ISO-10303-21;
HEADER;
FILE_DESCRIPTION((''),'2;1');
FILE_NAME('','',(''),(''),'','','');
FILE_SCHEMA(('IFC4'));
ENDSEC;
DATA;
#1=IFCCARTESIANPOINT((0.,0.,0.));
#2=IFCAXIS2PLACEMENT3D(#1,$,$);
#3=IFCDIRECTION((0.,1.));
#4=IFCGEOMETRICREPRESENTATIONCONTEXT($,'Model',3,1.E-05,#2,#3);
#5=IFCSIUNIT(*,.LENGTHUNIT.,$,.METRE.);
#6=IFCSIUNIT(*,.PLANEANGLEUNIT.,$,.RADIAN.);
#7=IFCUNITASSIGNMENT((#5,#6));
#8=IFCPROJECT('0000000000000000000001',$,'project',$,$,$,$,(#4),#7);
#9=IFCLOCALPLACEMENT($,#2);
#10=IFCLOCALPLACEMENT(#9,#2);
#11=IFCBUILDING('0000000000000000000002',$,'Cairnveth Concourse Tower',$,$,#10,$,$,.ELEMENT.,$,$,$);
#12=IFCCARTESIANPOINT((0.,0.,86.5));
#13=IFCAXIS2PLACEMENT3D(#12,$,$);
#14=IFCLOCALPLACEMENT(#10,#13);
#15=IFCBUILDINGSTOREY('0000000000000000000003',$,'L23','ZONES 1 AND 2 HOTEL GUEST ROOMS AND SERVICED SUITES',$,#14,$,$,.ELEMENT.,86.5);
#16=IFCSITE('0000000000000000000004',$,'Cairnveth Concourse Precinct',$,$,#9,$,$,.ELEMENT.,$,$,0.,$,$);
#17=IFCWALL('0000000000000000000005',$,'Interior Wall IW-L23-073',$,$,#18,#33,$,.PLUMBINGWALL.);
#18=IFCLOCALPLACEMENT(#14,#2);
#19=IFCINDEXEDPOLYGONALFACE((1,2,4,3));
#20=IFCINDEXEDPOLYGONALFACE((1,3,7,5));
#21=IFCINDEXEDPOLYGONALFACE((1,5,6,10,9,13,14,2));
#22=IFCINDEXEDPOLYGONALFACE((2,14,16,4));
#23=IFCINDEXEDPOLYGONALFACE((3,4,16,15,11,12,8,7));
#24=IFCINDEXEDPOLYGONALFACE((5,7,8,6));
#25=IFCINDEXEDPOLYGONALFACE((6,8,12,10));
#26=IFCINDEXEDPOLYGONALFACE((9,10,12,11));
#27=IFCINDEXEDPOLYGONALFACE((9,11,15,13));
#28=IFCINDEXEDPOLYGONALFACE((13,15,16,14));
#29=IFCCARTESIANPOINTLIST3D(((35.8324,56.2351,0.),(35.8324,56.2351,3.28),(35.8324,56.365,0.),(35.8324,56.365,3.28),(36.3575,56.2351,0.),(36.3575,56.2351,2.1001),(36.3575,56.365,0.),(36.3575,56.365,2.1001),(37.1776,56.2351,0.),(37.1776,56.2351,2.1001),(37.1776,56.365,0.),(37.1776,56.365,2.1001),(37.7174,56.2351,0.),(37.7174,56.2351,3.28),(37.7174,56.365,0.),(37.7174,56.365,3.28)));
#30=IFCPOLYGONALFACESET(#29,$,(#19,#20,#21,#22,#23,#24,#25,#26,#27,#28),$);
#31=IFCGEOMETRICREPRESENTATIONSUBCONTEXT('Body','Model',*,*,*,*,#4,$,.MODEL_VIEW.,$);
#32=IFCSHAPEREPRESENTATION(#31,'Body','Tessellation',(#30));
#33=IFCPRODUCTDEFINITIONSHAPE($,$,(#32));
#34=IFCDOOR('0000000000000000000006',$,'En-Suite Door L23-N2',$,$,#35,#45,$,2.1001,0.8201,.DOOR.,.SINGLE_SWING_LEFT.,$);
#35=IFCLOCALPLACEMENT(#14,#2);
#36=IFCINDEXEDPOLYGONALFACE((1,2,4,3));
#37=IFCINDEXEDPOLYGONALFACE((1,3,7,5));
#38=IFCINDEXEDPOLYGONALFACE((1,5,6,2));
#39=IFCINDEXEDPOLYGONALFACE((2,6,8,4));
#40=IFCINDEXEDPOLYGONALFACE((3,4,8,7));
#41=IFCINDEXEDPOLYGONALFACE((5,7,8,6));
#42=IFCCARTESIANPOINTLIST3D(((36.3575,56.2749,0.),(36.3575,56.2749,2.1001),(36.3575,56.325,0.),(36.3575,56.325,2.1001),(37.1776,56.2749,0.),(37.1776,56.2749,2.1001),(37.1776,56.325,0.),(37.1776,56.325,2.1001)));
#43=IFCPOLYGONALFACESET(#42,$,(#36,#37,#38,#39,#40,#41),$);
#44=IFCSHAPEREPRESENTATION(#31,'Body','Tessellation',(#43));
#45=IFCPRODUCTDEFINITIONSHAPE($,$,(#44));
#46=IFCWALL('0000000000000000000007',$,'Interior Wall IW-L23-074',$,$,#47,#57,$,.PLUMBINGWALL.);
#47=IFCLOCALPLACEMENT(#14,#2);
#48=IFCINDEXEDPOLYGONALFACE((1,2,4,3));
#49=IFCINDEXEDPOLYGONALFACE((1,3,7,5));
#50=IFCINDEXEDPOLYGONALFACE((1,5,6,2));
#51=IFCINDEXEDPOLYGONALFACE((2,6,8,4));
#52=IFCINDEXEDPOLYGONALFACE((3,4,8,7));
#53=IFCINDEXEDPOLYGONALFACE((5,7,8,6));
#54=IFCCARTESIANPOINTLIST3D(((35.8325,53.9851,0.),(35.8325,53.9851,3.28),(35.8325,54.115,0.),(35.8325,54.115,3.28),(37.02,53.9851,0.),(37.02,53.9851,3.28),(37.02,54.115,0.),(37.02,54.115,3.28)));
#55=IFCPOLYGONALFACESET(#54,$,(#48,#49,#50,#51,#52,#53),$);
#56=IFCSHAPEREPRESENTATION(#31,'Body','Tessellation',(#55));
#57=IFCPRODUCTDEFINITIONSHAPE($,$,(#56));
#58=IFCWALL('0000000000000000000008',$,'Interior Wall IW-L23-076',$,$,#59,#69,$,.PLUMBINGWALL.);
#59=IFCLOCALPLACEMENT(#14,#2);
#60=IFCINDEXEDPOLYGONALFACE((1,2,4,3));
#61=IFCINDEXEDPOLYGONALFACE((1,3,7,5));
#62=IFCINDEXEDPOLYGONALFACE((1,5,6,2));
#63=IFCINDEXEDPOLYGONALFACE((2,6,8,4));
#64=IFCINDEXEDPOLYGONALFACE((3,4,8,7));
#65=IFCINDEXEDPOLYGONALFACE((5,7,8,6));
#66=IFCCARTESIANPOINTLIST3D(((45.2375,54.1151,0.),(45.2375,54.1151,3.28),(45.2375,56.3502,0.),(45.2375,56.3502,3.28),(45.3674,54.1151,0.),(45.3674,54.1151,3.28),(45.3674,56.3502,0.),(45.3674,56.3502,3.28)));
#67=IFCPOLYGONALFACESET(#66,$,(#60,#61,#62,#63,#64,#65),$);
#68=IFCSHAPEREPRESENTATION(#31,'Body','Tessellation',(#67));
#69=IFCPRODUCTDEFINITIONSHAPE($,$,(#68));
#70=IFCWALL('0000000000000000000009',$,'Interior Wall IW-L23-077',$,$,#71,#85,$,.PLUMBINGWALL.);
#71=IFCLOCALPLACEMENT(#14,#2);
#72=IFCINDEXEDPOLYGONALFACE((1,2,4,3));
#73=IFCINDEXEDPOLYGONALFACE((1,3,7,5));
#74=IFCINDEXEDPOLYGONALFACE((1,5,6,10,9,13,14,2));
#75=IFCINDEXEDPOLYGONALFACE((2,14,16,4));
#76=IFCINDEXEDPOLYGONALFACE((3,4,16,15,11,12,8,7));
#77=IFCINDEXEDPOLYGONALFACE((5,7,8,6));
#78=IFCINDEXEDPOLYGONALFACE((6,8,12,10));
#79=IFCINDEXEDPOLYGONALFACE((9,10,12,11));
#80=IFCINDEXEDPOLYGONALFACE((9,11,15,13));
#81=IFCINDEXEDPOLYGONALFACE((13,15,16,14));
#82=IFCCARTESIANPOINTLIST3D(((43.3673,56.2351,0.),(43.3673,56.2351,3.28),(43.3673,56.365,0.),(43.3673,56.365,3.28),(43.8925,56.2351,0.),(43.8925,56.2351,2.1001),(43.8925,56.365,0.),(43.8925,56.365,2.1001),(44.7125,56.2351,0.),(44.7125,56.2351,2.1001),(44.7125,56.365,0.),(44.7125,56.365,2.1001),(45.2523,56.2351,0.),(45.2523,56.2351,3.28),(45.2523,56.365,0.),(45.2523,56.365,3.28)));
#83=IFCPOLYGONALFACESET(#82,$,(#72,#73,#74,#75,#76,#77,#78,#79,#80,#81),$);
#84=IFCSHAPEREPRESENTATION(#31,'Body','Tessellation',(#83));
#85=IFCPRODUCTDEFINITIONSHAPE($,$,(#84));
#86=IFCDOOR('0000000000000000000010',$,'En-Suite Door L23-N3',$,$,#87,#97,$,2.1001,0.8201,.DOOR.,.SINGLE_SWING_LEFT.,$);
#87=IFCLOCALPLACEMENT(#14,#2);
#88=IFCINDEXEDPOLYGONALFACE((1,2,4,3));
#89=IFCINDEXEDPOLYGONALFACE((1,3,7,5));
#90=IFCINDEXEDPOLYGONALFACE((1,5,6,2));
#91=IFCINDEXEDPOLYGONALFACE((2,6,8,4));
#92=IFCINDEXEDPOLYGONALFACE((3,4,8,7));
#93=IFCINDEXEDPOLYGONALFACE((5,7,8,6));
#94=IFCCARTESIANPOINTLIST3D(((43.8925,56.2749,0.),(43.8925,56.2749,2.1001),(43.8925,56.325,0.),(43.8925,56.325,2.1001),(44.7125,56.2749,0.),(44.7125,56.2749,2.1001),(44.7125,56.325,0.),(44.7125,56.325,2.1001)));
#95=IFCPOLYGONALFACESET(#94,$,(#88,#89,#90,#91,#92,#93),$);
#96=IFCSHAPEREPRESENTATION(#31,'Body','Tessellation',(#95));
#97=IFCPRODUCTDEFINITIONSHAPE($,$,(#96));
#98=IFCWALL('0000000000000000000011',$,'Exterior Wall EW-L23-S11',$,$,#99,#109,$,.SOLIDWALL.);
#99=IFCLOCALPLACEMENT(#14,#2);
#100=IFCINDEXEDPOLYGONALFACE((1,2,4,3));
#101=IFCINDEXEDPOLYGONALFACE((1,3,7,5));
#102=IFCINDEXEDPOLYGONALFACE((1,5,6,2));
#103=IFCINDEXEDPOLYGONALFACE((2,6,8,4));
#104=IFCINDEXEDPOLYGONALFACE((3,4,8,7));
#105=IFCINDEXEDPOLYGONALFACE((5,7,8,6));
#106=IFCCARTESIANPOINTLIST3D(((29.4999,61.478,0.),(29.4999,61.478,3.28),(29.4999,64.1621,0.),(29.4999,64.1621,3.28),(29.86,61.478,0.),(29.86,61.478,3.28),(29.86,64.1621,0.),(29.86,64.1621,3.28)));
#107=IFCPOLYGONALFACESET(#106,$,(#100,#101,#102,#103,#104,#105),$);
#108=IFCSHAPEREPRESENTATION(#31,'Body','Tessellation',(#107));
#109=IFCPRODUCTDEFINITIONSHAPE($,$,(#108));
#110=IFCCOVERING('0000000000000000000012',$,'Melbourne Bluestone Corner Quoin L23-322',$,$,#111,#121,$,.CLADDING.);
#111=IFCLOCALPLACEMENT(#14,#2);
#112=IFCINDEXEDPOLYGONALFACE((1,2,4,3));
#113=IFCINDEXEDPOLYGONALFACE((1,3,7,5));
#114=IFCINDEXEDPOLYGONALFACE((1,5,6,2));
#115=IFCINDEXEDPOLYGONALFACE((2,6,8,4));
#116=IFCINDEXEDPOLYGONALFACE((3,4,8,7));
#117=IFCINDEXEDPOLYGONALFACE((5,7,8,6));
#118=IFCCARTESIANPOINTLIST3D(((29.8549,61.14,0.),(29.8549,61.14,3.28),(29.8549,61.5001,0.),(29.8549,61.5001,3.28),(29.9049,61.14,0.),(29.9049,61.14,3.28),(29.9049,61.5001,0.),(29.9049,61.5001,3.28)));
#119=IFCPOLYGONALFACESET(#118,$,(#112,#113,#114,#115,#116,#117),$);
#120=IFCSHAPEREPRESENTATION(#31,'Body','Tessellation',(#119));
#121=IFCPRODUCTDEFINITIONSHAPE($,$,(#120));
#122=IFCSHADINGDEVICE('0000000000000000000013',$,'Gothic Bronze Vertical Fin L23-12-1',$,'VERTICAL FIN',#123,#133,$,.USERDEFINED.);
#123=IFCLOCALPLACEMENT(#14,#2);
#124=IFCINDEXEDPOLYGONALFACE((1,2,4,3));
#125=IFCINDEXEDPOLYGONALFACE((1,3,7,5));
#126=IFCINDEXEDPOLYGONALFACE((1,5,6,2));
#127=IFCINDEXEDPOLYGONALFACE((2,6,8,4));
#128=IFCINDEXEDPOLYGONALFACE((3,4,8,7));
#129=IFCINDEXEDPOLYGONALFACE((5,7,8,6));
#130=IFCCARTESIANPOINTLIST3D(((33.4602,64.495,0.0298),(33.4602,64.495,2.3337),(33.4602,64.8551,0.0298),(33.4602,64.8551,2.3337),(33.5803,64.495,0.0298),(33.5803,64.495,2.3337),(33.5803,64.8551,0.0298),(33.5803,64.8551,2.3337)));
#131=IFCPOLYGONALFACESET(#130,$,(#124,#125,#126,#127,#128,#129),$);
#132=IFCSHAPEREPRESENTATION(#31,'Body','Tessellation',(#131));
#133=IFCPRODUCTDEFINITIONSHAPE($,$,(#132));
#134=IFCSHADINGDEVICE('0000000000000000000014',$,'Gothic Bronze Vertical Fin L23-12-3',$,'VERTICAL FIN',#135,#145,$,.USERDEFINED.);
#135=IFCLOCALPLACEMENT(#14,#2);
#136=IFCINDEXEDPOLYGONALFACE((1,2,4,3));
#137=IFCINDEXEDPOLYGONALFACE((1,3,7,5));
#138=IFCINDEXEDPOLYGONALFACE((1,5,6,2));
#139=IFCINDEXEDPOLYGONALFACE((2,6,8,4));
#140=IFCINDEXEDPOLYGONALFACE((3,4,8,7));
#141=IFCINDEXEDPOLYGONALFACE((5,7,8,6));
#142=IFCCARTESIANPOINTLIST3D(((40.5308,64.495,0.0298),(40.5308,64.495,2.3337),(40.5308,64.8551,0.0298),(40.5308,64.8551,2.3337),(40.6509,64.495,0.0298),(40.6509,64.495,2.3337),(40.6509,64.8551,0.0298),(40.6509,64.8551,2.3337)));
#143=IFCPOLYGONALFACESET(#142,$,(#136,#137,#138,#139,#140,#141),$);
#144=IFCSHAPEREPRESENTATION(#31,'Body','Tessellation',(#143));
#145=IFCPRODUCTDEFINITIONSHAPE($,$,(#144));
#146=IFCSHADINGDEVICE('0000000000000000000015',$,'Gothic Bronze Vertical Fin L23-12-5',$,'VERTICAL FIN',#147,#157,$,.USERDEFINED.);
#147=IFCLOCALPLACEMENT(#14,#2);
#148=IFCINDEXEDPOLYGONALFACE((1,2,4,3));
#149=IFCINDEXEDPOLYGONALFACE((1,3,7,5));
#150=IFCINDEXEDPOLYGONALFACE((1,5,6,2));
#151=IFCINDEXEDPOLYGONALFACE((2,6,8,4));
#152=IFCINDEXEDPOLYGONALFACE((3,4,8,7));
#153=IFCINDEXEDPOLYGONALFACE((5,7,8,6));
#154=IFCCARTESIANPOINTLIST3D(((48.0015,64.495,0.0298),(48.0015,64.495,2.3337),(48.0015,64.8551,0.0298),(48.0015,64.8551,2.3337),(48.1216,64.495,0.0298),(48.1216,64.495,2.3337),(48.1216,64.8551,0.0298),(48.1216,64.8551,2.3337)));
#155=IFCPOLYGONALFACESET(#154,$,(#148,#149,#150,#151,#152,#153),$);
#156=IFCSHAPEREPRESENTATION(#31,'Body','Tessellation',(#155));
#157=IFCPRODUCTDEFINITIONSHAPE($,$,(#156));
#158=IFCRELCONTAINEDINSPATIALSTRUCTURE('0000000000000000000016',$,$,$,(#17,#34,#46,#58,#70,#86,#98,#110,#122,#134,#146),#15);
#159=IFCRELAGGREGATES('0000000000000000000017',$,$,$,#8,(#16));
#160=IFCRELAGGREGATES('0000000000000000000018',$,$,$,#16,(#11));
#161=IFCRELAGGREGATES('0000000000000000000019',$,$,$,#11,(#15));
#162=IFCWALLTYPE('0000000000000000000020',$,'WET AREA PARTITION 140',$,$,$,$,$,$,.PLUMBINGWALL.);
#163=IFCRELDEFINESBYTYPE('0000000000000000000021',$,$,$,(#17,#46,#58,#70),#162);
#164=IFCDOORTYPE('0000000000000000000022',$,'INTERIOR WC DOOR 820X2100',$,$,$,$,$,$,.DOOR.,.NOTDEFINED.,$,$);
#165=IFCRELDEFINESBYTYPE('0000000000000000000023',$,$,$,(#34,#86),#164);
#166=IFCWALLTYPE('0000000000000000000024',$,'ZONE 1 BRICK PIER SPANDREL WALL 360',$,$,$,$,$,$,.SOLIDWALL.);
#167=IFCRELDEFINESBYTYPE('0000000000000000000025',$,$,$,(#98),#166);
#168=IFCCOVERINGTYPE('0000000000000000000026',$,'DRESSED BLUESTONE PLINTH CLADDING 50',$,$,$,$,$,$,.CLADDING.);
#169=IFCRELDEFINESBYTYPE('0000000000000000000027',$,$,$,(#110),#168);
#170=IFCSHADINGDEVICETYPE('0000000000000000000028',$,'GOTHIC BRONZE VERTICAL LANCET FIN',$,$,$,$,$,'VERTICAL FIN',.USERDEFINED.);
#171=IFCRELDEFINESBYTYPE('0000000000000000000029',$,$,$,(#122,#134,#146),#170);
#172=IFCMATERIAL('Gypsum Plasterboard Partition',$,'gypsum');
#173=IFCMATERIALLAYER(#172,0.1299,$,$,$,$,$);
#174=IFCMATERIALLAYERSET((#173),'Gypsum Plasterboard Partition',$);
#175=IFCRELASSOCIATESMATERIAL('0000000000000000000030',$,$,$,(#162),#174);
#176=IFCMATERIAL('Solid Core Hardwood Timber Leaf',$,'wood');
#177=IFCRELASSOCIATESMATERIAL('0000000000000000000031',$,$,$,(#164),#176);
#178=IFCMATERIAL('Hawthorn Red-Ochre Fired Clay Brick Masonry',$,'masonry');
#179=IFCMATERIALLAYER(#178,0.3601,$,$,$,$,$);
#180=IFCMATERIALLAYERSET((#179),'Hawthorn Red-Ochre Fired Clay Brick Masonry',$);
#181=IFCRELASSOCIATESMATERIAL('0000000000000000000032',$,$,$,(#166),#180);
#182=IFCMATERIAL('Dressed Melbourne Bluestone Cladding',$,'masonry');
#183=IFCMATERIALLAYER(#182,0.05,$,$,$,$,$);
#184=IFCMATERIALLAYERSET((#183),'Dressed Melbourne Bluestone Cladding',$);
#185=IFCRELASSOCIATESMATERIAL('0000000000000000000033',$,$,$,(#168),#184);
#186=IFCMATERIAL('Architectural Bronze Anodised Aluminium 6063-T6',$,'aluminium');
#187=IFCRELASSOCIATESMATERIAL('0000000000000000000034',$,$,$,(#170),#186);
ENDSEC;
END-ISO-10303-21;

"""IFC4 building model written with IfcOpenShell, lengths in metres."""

from ifc_helpers import new_model, si_unit, direction, frame, frame_2d, origin, origin_2d, place, context, subcontext, project, spatial, rectangle, extrude, material, layer, layer_set, type_object, element, fill, save


model = new_model("IFC4")

# Units and contexts
model_context = context("Model", 3, precision=1e-05, world=origin(), true_north=direction((0.0, 1.0)))
body_context = subcontext(model_context, "Body", "Model", "MODEL_VIEW")
ifc_project = project(units=[si_unit("LENGTHUNIT", "METRE"), si_unit("PLANEANGLEUNIT", "RADIAN")], contexts=[model_context])

# Site, building, storey
site_placement = place(None, origin())
site = spatial("IfcSite", under=ifc_project, at=site_placement, Name="Cairnveth Concourse Precinct", CompositionType="ELEMENT", RefElevation=0.0)
building_placement = place(site_placement, origin())
building = spatial("IfcBuilding", under=site, at=building_placement, Name="Cairnveth Concourse Tower", CompositionType="ELEMENT")
storey_placement = place(building_placement, frame((0.0, 0.0, 86.5)))
storey = spatial("IfcBuildingStorey", under=building, at=storey_placement, Name="L23", Description="ZONES 1 AND 2 HOTEL GUEST ROOMS AND SERVICED SUITES", CompositionType="ELEMENT", Elevation=86.5)

# Shared definitions
ifc_material_1 = material(Name="Gypsum Plasterboard Partition", Category="gypsum")
ifc_material_2 = material(Name="Solid Core Hardwood Timber Leaf", Category="wood")

# Shared definitions
ifc_layer_1 = layer(ifc_material_1, 0.1299)
ifc_layer_set_1 = layer_set([ifc_layer_1], Name="Gypsum Plasterboard Partition")
wall_type_1 = type_object("IfcWallType", Name="WET AREA PARTITION 140", PredefinedType="PLUMBINGWALL", material=ifc_layer_set_1)

# Wall, opening, door
wall_1_placement = place(storey_placement, frame((35.8325, 56.3, 0.0), z_axis=(0.0, 0.0, 1.0), x_axis=(1.0, 0.0, 0.0)))
wall_1 = element("IfcWall", 1, at=wall_1_placement, inside=storey, type_object=wall_type_1, Name="Interior Wall IW-L23-073", PredefinedType="PLUMBINGWALL", context=body_context, shape_type="SweptSolid", body=[
    extrude(rectangle(XDim=1.885, YDim=0.1299, at=frame_2d((0.9424, 0.0))), origin(), (0.0, 0.0, 1.0), 3.28),
])
opening_1_placement = place(wall_1_placement, frame((0.5249, 0.0, 0.0)))
opening_1 = element("IfcOpeningElement", 2, at=opening_1_placement, cuts=wall_1, PredefinedType="OPENING", context=body_context, shape_type="SweptSolid", body=[
    extrude(rectangle(XDim=0.8201, YDim=2.1001, at=frame_2d((0.4102, 1.05))), frame((0.0, 0.075, 0.0), z_axis=(0.0, -1.0, 0.0), x_axis=(1.0, 0.0, 0.0)), (0.0, 0.0, 1.0), 0.1499),
])
door_type_1 = type_object("IfcDoorType", Name="INTERIOR WC DOOR 820X2100", OperationType="NOTDEFINED", PredefinedType="DOOR", material=ifc_material_2)
door_1_placement = place(opening_1_placement, origin())
door_1 = element("IfcDoor", 3, at=door_1_placement, inside=storey, type_object=door_type_1, Name="En-Suite Door L23-N2", OperationType="SINGLE_SWING_LEFT", OverallHeight=2.1001, OverallWidth=0.8201, PredefinedType="DOOR", context=body_context, shape_type="SweptSolid", body=[
    extrude(rectangle(XDim=0.8201, YDim=2.1001, at=frame_2d((0.4102, 1.05))), frame((0.0, 0.0249, 0.0), z_axis=(0.0, -1.0, 0.0), x_axis=(1.0, 0.0, 0.0)), (0.0, 0.0, 1.0), 0.05),
])
fill(opening_1, door_1)

# Walls
wall_2_placement = place(storey_placement, frame((35.8325, 54.05, 0.0), z_axis=(0.0, 0.0, 1.0), x_axis=(1.0, 0.0, 0.0)))
element("IfcWall", 4, at=wall_2_placement, inside=storey, type_object=wall_type_1, Name="Interior Wall IW-L23-074", PredefinedType="PLUMBINGWALL", context=body_context, shape_type="SweptSolid", body=[
    extrude(rectangle(XDim=1.1875, YDim=0.1299, at=frame_2d((0.5938, 0.0))), origin(), (0.0, 0.0, 1.0), 3.28),
])
wall_3_placement = place(storey_placement, frame((45.3025, 54.115, 0.0), z_axis=(0.0, 0.0, 1.0), x_axis=(0.0, 1.0, 0.0)))
element("IfcWall", 5, at=wall_3_placement, inside=storey, type_object=wall_type_1, Name="Interior Wall IW-L23-076", PredefinedType="PLUMBINGWALL", context=body_context, shape_type="SweptSolid", body=[
    extrude(rectangle(XDim=2.2351, YDim=0.1299, at=frame_2d((1.1177, 0.0))), origin(), (0.0, 0.0, 1.0), 3.28),
])

# Wall, opening, door
wall_4_placement = place(storey_placement, frame((43.3674, 56.3, 0.0), z_axis=(0.0, 0.0, 1.0), x_axis=(1.0, 0.0, 0.0)))
wall_4 = element("IfcWall", 6, at=wall_4_placement, inside=storey, type_object=wall_type_1, Name="Interior Wall IW-L23-077", PredefinedType="PLUMBINGWALL", context=body_context, shape_type="SweptSolid", body=[
    extrude(rectangle(XDim=1.885, YDim=0.1299, at=frame_2d((0.9424, 0.0))), origin(), (0.0, 0.0, 1.0), 3.28),
])
opening_2_placement = place(wall_4_placement, frame((0.5249, 0.0, 0.0)))
opening_2 = element("IfcOpeningElement", 7, at=opening_2_placement, cuts=wall_4, PredefinedType="OPENING", context=body_context, shape_type="SweptSolid", body=[
    extrude(rectangle(XDim=0.8201, YDim=2.1001, at=frame_2d((0.4102, 1.05))), frame((0.0, 0.075, 0.0), z_axis=(0.0, -1.0, 0.0), x_axis=(1.0, 0.0, 0.0)), (0.0, 0.0, 1.0), 0.1499),
])
door_2_placement = place(opening_2_placement, origin())
door_2 = element("IfcDoor", 8, at=door_2_placement, inside=storey, type_object=door_type_1, Name="En-Suite Door L23-N3", OperationType="SINGLE_SWING_LEFT", OverallHeight=2.1001, OverallWidth=0.8201, PredefinedType="DOOR", context=body_context, shape_type="SweptSolid", body=[
    extrude(rectangle(XDim=0.8201, YDim=2.1001, at=frame_2d((0.4102, 1.05))), frame((0.0, 0.0249, 0.0), z_axis=(0.0, -1.0, 0.0), x_axis=(1.0, 0.0, 0.0)), (0.0, 0.0, 1.0), 0.05),
])
fill(opening_2, door_2)

# Wall
ifc_material_3 = material(Name="Hawthorn Red-Ochre Fired Clay Brick Masonry", Category="masonry")
ifc_layer_2 = layer(ifc_material_3, 0.3601)
ifc_layer_set_2 = layer_set([ifc_layer_2], Name="Hawthorn Red-Ochre Fired Clay Brick Masonry")
wall_type_2 = type_object("IfcWallType", Name="ZONE 1 BRICK PIER SPANDREL WALL 360", PredefinedType="SOLIDWALL", material=ifc_layer_set_2)
wall_5_placement = place(storey_placement, frame((29.6799, 61.478, 0.0), z_axis=(0.0, 0.0, 1.0), x_axis=(0.0, 1.0, 0.0)))
element("IfcWall", 9, at=wall_5_placement, inside=storey, type_object=wall_type_2, Name="Exterior Wall EW-L23-S11", PredefinedType="SOLIDWALL", context=body_context, shape_type="SweptSolid", body=[
    extrude(rectangle(XDim=2.6841, YDim=0.3601, at=frame_2d((1.342, 0.0))), origin(), (0.0, 0.0, 1.0), 3.28),
])

# Covering
ifc_material_4 = material(Name="Dressed Melbourne Bluestone Cladding", Category="masonry")
ifc_layer_3 = layer(ifc_material_4, 0.05)
ifc_layer_set_3 = layer_set([ifc_layer_3], Name="Dressed Melbourne Bluestone Cladding")
covering_type = type_object("IfcCoveringType", Name="DRESSED BLUESTONE PLINTH CLADDING 50", PredefinedType="CLADDING", material=ifc_layer_set_3)
covering_placement = place(storey_placement, frame((29.8799, 61.1399, 0.0), z_axis=(0.0, 0.0, 1.0), x_axis=(0.0, 1.0, 0.0)))
element("IfcCovering", 10, at=covering_placement, inside=storey, type_object=covering_type, Name="Melbourne Bluestone Corner Quoin L23-322", PredefinedType="CLADDING", context=body_context, shape_type="SweptSolid", body=[
    extrude(rectangle(XDim=0.3601, YDim=0.05, at=frame_2d((0.1802, 0.0))), origin(), (0.0, 0.0, 1.0), 3.28),
])

# Shading devices
ifc_material_5 = material(Name="Architectural Bronze Anodised Aluminium 6063-T6", Category="aluminium")
shading_device_type = type_object("IfcShadingDeviceType", Name="GOTHIC BRONZE VERTICAL LANCET FIN", ElementType="VERTICAL FIN", PredefinedType="USERDEFINED", material=ifc_material_5)
for number, where, z_axis, x_axis, name in (
    (11, (33.5203, 64.675, 0.0298), (0.0, 0.0, 1.0), (1.0, 0.0, 0.0), "Gothic Bronze Vertical Fin L23-12-1"),
    (12, (40.5908, 64.675, 0.0298), (0.0, 0.0, 1.0), (1.0, 0.0, 0.0), "Gothic Bronze Vertical Fin L23-12-3"),
    (13, (48.0615, 64.675, 0.0298), (0.0, 0.0, 1.0), (1.0, 0.0, 0.0), "Gothic Bronze Vertical Fin L23-12-5"),
):
    element("IfcShadingDevice", number, at=place(storey_placement, frame(where, z_axis=z_axis, x_axis=x_axis)), inside=storey, type_object=shading_device_type, Name=name, ObjectType="VERTICAL FIN", PredefinedType="USERDEFINED", context=body_context, shape_type="SweptSolid", body=[
        extrude(rectangle(XDim=0.1201, YDim=0.3601, at=origin_2d()), origin(), (0.0, 0.0, 1.0), 2.304),
    ])

save(model, "model.ifc")
